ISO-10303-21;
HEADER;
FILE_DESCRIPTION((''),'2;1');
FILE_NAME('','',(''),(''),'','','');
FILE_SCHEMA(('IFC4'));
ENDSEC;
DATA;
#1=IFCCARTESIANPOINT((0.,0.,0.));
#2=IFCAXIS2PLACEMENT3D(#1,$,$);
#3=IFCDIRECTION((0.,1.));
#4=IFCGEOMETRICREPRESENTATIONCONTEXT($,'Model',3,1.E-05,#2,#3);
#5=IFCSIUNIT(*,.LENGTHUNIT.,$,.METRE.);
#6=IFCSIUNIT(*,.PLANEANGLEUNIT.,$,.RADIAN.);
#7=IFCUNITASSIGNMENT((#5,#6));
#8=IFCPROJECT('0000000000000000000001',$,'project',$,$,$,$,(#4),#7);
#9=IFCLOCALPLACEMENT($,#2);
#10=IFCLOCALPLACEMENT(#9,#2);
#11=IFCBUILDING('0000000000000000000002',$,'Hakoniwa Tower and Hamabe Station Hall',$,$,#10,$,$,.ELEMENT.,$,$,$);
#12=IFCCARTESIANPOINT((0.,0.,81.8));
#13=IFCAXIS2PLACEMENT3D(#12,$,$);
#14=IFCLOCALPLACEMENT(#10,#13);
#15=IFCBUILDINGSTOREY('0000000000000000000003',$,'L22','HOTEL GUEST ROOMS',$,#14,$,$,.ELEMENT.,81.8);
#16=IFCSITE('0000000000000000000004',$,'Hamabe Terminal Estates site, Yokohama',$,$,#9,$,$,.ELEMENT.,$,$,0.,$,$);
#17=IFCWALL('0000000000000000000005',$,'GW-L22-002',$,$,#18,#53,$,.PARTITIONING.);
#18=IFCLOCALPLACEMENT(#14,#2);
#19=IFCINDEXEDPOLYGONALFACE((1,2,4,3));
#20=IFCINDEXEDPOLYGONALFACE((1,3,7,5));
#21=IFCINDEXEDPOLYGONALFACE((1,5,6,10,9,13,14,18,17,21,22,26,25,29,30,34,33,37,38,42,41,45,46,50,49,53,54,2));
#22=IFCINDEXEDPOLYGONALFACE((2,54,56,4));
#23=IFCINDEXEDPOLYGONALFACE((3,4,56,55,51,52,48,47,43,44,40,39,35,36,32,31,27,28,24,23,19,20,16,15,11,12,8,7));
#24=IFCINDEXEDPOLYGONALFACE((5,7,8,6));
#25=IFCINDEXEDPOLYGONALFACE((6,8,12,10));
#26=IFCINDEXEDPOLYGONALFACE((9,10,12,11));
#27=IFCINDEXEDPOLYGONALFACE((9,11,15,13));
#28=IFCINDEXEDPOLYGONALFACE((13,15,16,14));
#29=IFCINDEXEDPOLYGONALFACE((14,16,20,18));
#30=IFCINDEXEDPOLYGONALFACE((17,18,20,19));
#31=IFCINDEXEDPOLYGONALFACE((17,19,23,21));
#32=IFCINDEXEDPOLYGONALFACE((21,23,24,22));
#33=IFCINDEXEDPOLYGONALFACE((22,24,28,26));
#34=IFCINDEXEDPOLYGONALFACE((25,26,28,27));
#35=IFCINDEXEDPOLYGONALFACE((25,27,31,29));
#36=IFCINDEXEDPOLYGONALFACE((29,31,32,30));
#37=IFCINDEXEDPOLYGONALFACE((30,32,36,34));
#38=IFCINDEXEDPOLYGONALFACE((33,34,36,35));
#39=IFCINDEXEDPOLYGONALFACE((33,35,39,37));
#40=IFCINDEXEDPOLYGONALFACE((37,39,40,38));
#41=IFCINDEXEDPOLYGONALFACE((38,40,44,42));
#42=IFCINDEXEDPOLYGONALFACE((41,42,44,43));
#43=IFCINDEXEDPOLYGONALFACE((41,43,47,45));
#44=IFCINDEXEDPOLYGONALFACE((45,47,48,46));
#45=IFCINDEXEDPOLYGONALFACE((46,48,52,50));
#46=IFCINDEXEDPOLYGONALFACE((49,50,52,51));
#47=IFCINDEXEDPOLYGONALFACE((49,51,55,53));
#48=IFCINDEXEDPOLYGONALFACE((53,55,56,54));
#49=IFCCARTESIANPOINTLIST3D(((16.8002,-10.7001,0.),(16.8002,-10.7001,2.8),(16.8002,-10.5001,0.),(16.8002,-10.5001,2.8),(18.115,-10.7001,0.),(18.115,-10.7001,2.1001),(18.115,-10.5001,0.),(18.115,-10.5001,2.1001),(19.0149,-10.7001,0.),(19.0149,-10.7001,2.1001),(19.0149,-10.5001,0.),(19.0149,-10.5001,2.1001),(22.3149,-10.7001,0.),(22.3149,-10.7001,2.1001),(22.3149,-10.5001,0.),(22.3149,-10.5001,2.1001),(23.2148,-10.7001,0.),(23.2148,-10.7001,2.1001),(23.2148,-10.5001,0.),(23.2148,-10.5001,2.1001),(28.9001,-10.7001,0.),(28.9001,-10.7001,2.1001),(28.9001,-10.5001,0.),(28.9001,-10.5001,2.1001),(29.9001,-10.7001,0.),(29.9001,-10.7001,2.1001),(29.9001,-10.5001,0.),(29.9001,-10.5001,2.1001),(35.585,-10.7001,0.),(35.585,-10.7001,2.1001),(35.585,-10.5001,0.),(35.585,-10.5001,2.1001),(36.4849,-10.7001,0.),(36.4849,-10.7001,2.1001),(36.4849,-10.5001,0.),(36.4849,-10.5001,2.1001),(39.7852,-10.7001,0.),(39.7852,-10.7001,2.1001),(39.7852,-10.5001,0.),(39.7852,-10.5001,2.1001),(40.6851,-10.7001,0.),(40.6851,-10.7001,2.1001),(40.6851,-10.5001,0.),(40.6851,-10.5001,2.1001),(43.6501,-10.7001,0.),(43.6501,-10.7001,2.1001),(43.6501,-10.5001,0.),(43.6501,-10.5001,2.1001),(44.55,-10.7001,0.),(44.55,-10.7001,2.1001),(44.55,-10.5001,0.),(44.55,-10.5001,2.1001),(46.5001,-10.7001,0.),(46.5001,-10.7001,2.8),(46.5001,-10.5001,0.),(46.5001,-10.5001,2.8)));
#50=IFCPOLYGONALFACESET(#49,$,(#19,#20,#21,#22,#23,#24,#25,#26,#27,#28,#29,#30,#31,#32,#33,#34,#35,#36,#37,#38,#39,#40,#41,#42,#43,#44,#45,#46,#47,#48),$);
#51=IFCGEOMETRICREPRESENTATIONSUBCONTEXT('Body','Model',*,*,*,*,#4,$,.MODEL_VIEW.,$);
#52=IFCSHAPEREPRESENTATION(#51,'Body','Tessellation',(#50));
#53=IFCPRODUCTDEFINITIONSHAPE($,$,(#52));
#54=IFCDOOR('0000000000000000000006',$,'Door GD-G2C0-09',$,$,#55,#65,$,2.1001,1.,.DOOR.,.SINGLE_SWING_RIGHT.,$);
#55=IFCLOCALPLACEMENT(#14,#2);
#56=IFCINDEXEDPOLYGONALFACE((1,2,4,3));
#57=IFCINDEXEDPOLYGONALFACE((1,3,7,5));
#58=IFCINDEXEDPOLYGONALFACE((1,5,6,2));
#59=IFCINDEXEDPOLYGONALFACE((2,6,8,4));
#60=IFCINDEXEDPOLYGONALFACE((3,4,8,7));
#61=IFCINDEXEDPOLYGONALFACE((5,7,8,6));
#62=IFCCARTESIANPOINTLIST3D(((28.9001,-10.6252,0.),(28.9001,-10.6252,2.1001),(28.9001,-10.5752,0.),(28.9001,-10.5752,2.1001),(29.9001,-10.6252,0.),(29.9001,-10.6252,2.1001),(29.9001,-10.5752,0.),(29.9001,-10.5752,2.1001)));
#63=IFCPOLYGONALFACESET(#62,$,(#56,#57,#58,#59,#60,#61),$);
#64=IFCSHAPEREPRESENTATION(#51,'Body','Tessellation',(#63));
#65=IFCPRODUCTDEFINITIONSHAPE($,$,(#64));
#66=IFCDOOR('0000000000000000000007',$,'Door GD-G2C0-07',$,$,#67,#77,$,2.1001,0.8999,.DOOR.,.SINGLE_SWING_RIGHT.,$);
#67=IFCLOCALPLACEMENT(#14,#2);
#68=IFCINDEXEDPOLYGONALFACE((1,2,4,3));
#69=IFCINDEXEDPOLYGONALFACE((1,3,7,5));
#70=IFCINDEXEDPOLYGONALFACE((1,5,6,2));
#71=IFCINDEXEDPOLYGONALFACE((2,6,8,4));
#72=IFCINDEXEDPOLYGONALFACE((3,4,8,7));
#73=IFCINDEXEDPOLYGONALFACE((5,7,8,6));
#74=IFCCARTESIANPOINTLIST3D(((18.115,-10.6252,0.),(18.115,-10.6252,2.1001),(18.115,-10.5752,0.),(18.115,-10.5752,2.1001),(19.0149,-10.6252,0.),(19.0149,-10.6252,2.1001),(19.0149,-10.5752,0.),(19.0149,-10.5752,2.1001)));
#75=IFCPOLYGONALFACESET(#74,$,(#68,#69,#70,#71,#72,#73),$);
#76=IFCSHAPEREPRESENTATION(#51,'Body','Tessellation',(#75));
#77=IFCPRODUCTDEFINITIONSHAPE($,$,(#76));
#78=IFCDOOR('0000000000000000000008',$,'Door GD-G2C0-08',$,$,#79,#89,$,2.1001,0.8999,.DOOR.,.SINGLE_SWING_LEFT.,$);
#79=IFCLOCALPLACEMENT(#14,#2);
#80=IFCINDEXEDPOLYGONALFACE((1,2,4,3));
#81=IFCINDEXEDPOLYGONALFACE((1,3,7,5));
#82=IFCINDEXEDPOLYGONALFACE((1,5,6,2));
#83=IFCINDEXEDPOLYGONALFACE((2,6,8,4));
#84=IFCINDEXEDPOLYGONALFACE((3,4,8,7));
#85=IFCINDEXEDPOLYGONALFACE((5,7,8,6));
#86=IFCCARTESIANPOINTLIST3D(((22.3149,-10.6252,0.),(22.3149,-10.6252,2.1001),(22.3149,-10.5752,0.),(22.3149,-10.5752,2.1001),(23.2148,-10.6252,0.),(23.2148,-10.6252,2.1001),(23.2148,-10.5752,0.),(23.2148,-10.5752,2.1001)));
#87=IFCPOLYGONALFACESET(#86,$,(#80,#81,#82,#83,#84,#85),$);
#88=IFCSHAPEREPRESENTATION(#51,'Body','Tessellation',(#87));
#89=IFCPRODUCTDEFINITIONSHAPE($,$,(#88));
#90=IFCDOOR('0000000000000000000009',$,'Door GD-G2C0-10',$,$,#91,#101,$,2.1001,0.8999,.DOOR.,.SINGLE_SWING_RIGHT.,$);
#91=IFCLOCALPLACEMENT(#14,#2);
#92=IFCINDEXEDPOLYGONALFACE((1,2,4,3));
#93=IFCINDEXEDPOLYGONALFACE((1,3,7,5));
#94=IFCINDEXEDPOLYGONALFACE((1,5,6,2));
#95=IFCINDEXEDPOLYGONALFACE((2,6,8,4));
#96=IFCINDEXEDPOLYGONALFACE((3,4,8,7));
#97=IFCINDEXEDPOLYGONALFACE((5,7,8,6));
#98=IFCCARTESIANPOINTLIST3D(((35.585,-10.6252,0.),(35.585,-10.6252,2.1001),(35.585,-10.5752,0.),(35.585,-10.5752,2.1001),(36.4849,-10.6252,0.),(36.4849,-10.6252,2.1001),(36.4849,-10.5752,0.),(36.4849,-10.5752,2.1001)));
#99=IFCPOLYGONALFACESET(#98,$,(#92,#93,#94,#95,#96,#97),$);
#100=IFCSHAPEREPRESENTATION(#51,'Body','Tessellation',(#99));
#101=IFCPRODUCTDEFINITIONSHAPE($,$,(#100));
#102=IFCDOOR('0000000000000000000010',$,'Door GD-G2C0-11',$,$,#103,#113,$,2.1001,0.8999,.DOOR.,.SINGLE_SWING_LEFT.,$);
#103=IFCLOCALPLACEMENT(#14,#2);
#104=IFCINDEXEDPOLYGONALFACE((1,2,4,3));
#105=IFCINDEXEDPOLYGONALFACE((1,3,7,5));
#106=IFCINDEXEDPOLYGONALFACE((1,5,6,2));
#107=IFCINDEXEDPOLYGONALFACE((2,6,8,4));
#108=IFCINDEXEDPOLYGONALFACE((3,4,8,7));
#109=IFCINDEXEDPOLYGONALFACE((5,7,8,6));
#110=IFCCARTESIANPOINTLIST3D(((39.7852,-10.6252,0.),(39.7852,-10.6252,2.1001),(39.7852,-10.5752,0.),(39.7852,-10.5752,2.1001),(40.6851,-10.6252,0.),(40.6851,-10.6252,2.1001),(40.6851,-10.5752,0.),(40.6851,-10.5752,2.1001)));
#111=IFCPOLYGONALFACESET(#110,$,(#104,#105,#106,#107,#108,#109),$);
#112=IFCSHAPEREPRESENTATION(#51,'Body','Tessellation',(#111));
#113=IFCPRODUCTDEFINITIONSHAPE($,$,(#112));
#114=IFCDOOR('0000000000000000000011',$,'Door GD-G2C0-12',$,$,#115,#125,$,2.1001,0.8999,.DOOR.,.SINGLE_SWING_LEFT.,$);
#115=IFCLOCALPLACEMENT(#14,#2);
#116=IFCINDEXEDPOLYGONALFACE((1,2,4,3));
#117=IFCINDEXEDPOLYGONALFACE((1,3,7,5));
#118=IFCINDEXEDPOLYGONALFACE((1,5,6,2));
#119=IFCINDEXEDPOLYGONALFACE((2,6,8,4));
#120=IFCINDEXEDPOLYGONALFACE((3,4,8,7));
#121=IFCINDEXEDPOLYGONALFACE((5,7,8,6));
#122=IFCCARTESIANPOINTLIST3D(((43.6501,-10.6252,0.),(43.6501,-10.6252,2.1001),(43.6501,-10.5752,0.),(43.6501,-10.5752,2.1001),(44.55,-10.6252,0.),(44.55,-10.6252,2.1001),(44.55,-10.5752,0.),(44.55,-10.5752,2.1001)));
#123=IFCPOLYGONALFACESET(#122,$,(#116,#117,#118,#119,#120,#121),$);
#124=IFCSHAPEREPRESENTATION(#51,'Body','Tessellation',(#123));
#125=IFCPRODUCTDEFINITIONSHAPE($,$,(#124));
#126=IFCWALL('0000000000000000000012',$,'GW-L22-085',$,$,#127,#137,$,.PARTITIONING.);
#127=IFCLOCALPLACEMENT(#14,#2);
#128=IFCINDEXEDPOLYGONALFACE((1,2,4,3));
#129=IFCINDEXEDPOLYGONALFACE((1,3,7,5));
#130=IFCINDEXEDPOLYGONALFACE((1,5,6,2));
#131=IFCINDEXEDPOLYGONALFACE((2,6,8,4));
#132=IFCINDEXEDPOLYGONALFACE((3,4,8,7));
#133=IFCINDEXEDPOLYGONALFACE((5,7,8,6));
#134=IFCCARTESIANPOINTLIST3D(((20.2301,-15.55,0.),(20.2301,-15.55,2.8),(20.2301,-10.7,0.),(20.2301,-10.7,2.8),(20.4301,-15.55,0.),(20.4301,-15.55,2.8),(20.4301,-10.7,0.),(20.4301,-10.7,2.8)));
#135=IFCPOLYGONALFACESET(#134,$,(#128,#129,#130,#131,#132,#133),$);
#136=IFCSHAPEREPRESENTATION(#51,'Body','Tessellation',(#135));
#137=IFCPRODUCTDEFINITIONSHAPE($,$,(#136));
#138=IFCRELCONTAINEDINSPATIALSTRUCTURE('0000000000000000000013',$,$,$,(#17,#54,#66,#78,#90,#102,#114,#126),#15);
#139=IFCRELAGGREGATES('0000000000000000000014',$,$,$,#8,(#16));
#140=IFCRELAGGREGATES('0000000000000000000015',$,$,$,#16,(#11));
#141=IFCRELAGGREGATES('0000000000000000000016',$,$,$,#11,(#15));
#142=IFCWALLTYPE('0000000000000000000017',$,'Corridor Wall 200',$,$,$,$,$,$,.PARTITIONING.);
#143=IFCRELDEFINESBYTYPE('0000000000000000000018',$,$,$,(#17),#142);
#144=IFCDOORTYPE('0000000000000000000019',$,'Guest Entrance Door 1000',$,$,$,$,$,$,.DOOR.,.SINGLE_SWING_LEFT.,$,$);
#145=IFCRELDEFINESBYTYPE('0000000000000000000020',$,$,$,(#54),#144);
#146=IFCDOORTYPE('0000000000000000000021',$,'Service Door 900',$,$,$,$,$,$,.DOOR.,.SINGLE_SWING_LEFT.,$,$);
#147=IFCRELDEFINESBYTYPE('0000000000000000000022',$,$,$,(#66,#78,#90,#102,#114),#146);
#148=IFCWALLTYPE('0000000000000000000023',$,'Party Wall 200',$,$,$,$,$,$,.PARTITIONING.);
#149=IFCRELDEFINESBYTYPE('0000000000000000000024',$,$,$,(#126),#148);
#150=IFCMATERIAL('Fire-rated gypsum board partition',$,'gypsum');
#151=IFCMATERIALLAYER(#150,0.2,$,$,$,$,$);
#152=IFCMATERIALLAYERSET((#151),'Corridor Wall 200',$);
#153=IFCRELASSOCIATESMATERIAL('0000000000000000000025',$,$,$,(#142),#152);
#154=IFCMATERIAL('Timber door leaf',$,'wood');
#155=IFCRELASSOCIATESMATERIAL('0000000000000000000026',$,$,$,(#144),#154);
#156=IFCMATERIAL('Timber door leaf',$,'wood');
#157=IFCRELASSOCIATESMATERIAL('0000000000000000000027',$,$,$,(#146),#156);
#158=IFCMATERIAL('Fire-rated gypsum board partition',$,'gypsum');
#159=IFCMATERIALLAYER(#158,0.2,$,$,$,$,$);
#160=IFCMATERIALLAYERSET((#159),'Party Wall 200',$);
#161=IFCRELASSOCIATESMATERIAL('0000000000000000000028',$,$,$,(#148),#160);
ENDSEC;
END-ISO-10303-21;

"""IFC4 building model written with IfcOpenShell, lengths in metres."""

from ifc_helpers import new_model, si_unit, direction, frame, frame_2d, origin, place, context, subcontext, project, spatial, rectangle, extrude, material, layer, layer_set, type_object, element, fill, save


model = new_model("IFC4")

# Units and contexts
model_context = context("Model", 3, precision=1e-05, world=origin(), true_north=direction((0.0, 1.0)))
body_context = subcontext(model_context, "Body", "Model", "MODEL_VIEW")
ifc_project = project(units=[si_unit("LENGTHUNIT", "METRE"), si_unit("PLANEANGLEUNIT", "RADIAN")], contexts=[model_context])

# Site, building, storey
site_placement = place(None, origin())
site = spatial("IfcSite", under=ifc_project, at=site_placement, Name="Hamabe Terminal Estates site, Yokohama", CompositionType="ELEMENT", RefElevation=0.0)
building_placement = place(site_placement, origin())
building = spatial("IfcBuilding", under=site, at=building_placement, Name="Hakoniwa Tower and Hamabe Station Hall", CompositionType="ELEMENT")
storey_placement = place(building_placement, frame((0.0, 0.0, 81.8)))
storey = spatial("IfcBuildingStorey", under=building, at=storey_placement, Name="L22", Description="HOTEL GUEST ROOMS", CompositionType="ELEMENT", Elevation=81.8)

# Wall, openings, doors
ifc_material_1 = material(Name="Fire-rated gypsum board partition", Category="gypsum")
ifc_layer_1 = layer(ifc_material_1, 0.2)
ifc_layer_set_1 = layer_set([ifc_layer_1], Name="Corridor Wall 200")
wall_type_1 = type_object("IfcWallType", Name="Corridor Wall 200", PredefinedType="PARTITIONING", material=ifc_layer_set_1)
wall_1_placement = place(storey_placement, frame((16.8, -10.6001, 0.0), z_axis=(0.0, 0.0, 1.0), x_axis=(1.0, 0.0, 0.0)))
wall_1 = element("IfcWall", 1, at=wall_1_placement, inside=storey, type_object=wall_type_1, Name="GW-L22-002", PredefinedType="PARTITIONING", context=body_context, shape_type="SweptSolid", body=[
    extrude(rectangle(XDim=29.7, YDim=0.2, at=frame_2d((14.8501, 0.0))), origin(), (0.0, 0.0, 1.0), 2.8),
])
opening_1_placement = place(wall_1_placement, frame((1.3149, 0.0, 0.0)))
opening_1 = element("IfcOpeningElement", 2, at=opening_1_placement, cuts=wall_1, PredefinedType="OPENING", context=body_context, shape_type="SweptSolid", body=[
    extrude(rectangle(XDim=0.8999, YDim=2.1001, at=frame_2d((0.45, 1.05))), frame((0.0, 0.1099, 0.0), z_axis=(0.0, -1.0, 0.0), x_axis=(1.0, 0.0, 0.0)), (0.0, 0.0, 1.0), 0.22),
])
opening_2_placement = place(wall_1_placement, frame((5.5149, 0.0, 0.0)))
opening_2 = element("IfcOpeningElement", 3, at=opening_2_placement, cuts=wall_1, PredefinedType="OPENING", context=body_context, shape_type="SweptSolid", body=[
    extrude(rectangle(XDim=0.8999, YDim=2.1001, at=frame_2d((0.45, 1.05))), frame((0.0, 0.1099, 0.0), z_axis=(0.0, -1.0, 0.0), x_axis=(1.0, 0.0, 0.0)), (0.0, 0.0, 1.0), 0.22),
])
opening_3_placement = place(wall_1_placement, frame((12.1001, 0.0, 0.0)))
opening_3 = element("IfcOpeningElement", 4, at=opening_3_placement, cuts=wall_1, PredefinedType="OPENING", context=body_context, shape_type="SweptSolid", body=[
    extrude(rectangle(XDim=1.0, YDim=2.1001, at=frame_2d((0.5, 1.05))), frame((0.0, 0.1099, 0.0), z_axis=(0.0, -1.0, 0.0), x_axis=(1.0, 0.0, 0.0)), (0.0, 0.0, 1.0), 0.22),
])
opening_4_placement = place(wall_1_placement, frame((18.7849, 0.0, 0.0)))
opening_4 = element("IfcOpeningElement", 5, at=opening_4_placement, cuts=wall_1, PredefinedType="OPENING", context=body_context, shape_type="SweptSolid", body=[
    extrude(rectangle(XDim=0.8999, YDim=2.1001, at=frame_2d((0.45, 1.05))), frame((0.0, 0.1099, 0.0), z_axis=(0.0, -1.0, 0.0), x_axis=(1.0, 0.0, 0.0)), (0.0, 0.0, 1.0), 0.22),
])
opening_5_placement = place(wall_1_placement, frame((22.9851, 0.0, 0.0)))
opening_5 = element("IfcOpeningElement", 6, at=opening_5_placement, cuts=wall_1, PredefinedType="OPENING", context=body_context, shape_type="SweptSolid", body=[
    extrude(rectangle(XDim=0.8999, YDim=2.1001, at=frame_2d((0.45, 1.05))), frame((0.0, 0.1099, 0.0), z_axis=(0.0, -1.0, 0.0), x_axis=(1.0, 0.0, 0.0)), (0.0, 0.0, 1.0), 0.22),
])
opening_6_placement = place(wall_1_placement, frame((26.8501, 0.0, 0.0)))
opening_6 = element("IfcOpeningElement", 7, at=opening_6_placement, cuts=wall_1, PredefinedType="OPENING", context=body_context, shape_type="SweptSolid", body=[
    extrude(rectangle(XDim=0.8999, YDim=2.1001, at=frame_2d((0.45, 1.05))), frame((0.0, 0.1099, 0.0), z_axis=(0.0, -1.0, 0.0), x_axis=(1.0, 0.0, 0.0)), (0.0, 0.0, 1.0), 0.22),
])
ifc_material_2 = material(Name="Timber door leaf", Category="wood")
door_type_1 = type_object("IfcDoorType", Name="Guest Entrance Door 1000", OperationType="SINGLE_SWING_LEFT", PredefinedType="DOOR", material=ifc_material_2)
door_1_placement = place(opening_3_placement, origin())
door_1 = element("IfcDoor", 8, at=door_1_placement, inside=storey, type_object=door_type_1, Name="Door GD-G2C0-09", OperationType="SINGLE_SWING_RIGHT", OverallHeight=2.1001, OverallWidth=1.0, PredefinedType="DOOR", context=body_context, shape_type="SweptSolid", body=[
    extrude(rectangle(XDim=1.0, YDim=2.1001, at=frame_2d((0.5, 1.05))), frame((0.0, 0.0249, 0.0), z_axis=(0.0, -1.0, 0.0), x_axis=(1.0, 0.0, 0.0)), (0.0, 0.0, 1.0), 0.05),
])
fill(opening_3, door_1)
ifc_material_3 = material(Name="Timber door leaf", Category="wood")
door_type_2 = type_object("IfcDoorType", Name="Service Door 900", OperationType="SINGLE_SWING_LEFT", PredefinedType="DOOR", material=ifc_material_3)
door_2_placement = place(opening_1_placement, origin())
door_2 = element("IfcDoor", 9, at=door_2_placement, inside=storey, type_object=door_type_2, Name="Door GD-G2C0-07", OperationType="SINGLE_SWING_RIGHT", OverallHeight=2.1001, OverallWidth=0.8999, PredefinedType="DOOR", context=body_context, shape_type="SweptSolid", body=[
    extrude(rectangle(XDim=0.8999, YDim=2.1001, at=frame_2d((0.45, 1.05))), frame((0.0, 0.0249, 0.0), z_axis=(0.0, -1.0, 0.0), x_axis=(1.0, 0.0, 0.0)), (0.0, 0.0, 1.0), 0.05),
])
fill(opening_1, door_2)
door_3_placement = place(opening_2_placement, origin())
door_3 = element("IfcDoor", 10, at=door_3_placement, inside=storey, type_object=door_type_2, Name="Door GD-G2C0-08", OperationType="SINGLE_SWING_LEFT", OverallHeight=2.1001, OverallWidth=0.8999, PredefinedType="DOOR", context=body_context, shape_type="SweptSolid", body=[
    extrude(rectangle(XDim=0.8999, YDim=2.1001, at=frame_2d((0.45, 1.05))), frame((0.0, 0.0249, 0.0), z_axis=(0.0, -1.0, 0.0), x_axis=(1.0, 0.0, 0.0)), (0.0, 0.0, 1.0), 0.05),
])
fill(opening_2, door_3)
door_4_placement = place(opening_4_placement, origin())
door_4 = element("IfcDoor", 11, at=door_4_placement, inside=storey, type_object=door_type_2, Name="Door GD-G2C0-10", OperationType="SINGLE_SWING_RIGHT", OverallHeight=2.1001, OverallWidth=0.8999, PredefinedType="DOOR", context=body_context, shape_type="SweptSolid", body=[
    extrude(rectangle(XDim=0.8999, YDim=2.1001, at=frame_2d((0.45, 1.05))), frame((0.0, 0.0249, 0.0), z_axis=(0.0, -1.0, 0.0), x_axis=(1.0, 0.0, 0.0)), (0.0, 0.0, 1.0), 0.05),
])
fill(opening_4, door_4)
door_5_placement = place(opening_5_placement, origin())
door_5 = element("IfcDoor", 12, at=door_5_placement, inside=storey, type_object=door_type_2, Name="Door GD-G2C0-11", OperationType="SINGLE_SWING_LEFT", OverallHeight=2.1001, OverallWidth=0.8999, PredefinedType="DOOR", context=body_context, shape_type="SweptSolid", body=[
    extrude(rectangle(XDim=0.8999, YDim=2.1001, at=frame_2d((0.45, 1.05))), frame((0.0, 0.0249, 0.0), z_axis=(0.0, -1.0, 0.0), x_axis=(1.0, 0.0, 0.0)), (0.0, 0.0, 1.0), 0.05),
])
fill(opening_5, door_5)
door_6_placement = place(opening_6_placement, origin())
door_6 = element("IfcDoor", 13, at=door_6_placement, inside=storey, type_object=door_type_2, Name="Door GD-G2C0-12", OperationType="SINGLE_SWING_LEFT", OverallHeight=2.1001, OverallWidth=0.8999, PredefinedType="DOOR", context=body_context, shape_type="SweptSolid", body=[
    extrude(rectangle(XDim=0.8999, YDim=2.1001, at=frame_2d((0.45, 1.05))), frame((0.0, 0.0249, 0.0), z_axis=(0.0, -1.0, 0.0), x_axis=(1.0, 0.0, 0.0)), (0.0, 0.0, 1.0), 0.05),
])
fill(opening_6, door_6)

# Wall
ifc_material_4 = material(Name="Fire-rated gypsum board partition", Category="gypsum")
ifc_layer_2 = layer(ifc_material_4, 0.2)
ifc_layer_set_2 = layer_set([ifc_layer_2], Name="Party Wall 200")
wall_type_2 = type_object("IfcWallType", Name="Party Wall 200", PredefinedType="PARTITIONING", material=ifc_layer_set_2)
wall_2_placement = place(storey_placement, frame((20.3301, -15.55, 0.0), z_axis=(0.0, 0.0, 1.0), x_axis=(0.0, 1.0, 0.0)))
element("IfcWall", 14, at=wall_2_placement, inside=storey, type_object=wall_type_2, Name="GW-L22-085", PredefinedType="PARTITIONING", context=body_context, shape_type="SweptSolid", body=[
    extrude(rectangle(XDim=4.8501, YDim=0.2, at=frame_2d((2.425, 0.0))), origin(), (0.0, 0.0, 1.0), 2.8),
])

save(model, "model.ifc")
